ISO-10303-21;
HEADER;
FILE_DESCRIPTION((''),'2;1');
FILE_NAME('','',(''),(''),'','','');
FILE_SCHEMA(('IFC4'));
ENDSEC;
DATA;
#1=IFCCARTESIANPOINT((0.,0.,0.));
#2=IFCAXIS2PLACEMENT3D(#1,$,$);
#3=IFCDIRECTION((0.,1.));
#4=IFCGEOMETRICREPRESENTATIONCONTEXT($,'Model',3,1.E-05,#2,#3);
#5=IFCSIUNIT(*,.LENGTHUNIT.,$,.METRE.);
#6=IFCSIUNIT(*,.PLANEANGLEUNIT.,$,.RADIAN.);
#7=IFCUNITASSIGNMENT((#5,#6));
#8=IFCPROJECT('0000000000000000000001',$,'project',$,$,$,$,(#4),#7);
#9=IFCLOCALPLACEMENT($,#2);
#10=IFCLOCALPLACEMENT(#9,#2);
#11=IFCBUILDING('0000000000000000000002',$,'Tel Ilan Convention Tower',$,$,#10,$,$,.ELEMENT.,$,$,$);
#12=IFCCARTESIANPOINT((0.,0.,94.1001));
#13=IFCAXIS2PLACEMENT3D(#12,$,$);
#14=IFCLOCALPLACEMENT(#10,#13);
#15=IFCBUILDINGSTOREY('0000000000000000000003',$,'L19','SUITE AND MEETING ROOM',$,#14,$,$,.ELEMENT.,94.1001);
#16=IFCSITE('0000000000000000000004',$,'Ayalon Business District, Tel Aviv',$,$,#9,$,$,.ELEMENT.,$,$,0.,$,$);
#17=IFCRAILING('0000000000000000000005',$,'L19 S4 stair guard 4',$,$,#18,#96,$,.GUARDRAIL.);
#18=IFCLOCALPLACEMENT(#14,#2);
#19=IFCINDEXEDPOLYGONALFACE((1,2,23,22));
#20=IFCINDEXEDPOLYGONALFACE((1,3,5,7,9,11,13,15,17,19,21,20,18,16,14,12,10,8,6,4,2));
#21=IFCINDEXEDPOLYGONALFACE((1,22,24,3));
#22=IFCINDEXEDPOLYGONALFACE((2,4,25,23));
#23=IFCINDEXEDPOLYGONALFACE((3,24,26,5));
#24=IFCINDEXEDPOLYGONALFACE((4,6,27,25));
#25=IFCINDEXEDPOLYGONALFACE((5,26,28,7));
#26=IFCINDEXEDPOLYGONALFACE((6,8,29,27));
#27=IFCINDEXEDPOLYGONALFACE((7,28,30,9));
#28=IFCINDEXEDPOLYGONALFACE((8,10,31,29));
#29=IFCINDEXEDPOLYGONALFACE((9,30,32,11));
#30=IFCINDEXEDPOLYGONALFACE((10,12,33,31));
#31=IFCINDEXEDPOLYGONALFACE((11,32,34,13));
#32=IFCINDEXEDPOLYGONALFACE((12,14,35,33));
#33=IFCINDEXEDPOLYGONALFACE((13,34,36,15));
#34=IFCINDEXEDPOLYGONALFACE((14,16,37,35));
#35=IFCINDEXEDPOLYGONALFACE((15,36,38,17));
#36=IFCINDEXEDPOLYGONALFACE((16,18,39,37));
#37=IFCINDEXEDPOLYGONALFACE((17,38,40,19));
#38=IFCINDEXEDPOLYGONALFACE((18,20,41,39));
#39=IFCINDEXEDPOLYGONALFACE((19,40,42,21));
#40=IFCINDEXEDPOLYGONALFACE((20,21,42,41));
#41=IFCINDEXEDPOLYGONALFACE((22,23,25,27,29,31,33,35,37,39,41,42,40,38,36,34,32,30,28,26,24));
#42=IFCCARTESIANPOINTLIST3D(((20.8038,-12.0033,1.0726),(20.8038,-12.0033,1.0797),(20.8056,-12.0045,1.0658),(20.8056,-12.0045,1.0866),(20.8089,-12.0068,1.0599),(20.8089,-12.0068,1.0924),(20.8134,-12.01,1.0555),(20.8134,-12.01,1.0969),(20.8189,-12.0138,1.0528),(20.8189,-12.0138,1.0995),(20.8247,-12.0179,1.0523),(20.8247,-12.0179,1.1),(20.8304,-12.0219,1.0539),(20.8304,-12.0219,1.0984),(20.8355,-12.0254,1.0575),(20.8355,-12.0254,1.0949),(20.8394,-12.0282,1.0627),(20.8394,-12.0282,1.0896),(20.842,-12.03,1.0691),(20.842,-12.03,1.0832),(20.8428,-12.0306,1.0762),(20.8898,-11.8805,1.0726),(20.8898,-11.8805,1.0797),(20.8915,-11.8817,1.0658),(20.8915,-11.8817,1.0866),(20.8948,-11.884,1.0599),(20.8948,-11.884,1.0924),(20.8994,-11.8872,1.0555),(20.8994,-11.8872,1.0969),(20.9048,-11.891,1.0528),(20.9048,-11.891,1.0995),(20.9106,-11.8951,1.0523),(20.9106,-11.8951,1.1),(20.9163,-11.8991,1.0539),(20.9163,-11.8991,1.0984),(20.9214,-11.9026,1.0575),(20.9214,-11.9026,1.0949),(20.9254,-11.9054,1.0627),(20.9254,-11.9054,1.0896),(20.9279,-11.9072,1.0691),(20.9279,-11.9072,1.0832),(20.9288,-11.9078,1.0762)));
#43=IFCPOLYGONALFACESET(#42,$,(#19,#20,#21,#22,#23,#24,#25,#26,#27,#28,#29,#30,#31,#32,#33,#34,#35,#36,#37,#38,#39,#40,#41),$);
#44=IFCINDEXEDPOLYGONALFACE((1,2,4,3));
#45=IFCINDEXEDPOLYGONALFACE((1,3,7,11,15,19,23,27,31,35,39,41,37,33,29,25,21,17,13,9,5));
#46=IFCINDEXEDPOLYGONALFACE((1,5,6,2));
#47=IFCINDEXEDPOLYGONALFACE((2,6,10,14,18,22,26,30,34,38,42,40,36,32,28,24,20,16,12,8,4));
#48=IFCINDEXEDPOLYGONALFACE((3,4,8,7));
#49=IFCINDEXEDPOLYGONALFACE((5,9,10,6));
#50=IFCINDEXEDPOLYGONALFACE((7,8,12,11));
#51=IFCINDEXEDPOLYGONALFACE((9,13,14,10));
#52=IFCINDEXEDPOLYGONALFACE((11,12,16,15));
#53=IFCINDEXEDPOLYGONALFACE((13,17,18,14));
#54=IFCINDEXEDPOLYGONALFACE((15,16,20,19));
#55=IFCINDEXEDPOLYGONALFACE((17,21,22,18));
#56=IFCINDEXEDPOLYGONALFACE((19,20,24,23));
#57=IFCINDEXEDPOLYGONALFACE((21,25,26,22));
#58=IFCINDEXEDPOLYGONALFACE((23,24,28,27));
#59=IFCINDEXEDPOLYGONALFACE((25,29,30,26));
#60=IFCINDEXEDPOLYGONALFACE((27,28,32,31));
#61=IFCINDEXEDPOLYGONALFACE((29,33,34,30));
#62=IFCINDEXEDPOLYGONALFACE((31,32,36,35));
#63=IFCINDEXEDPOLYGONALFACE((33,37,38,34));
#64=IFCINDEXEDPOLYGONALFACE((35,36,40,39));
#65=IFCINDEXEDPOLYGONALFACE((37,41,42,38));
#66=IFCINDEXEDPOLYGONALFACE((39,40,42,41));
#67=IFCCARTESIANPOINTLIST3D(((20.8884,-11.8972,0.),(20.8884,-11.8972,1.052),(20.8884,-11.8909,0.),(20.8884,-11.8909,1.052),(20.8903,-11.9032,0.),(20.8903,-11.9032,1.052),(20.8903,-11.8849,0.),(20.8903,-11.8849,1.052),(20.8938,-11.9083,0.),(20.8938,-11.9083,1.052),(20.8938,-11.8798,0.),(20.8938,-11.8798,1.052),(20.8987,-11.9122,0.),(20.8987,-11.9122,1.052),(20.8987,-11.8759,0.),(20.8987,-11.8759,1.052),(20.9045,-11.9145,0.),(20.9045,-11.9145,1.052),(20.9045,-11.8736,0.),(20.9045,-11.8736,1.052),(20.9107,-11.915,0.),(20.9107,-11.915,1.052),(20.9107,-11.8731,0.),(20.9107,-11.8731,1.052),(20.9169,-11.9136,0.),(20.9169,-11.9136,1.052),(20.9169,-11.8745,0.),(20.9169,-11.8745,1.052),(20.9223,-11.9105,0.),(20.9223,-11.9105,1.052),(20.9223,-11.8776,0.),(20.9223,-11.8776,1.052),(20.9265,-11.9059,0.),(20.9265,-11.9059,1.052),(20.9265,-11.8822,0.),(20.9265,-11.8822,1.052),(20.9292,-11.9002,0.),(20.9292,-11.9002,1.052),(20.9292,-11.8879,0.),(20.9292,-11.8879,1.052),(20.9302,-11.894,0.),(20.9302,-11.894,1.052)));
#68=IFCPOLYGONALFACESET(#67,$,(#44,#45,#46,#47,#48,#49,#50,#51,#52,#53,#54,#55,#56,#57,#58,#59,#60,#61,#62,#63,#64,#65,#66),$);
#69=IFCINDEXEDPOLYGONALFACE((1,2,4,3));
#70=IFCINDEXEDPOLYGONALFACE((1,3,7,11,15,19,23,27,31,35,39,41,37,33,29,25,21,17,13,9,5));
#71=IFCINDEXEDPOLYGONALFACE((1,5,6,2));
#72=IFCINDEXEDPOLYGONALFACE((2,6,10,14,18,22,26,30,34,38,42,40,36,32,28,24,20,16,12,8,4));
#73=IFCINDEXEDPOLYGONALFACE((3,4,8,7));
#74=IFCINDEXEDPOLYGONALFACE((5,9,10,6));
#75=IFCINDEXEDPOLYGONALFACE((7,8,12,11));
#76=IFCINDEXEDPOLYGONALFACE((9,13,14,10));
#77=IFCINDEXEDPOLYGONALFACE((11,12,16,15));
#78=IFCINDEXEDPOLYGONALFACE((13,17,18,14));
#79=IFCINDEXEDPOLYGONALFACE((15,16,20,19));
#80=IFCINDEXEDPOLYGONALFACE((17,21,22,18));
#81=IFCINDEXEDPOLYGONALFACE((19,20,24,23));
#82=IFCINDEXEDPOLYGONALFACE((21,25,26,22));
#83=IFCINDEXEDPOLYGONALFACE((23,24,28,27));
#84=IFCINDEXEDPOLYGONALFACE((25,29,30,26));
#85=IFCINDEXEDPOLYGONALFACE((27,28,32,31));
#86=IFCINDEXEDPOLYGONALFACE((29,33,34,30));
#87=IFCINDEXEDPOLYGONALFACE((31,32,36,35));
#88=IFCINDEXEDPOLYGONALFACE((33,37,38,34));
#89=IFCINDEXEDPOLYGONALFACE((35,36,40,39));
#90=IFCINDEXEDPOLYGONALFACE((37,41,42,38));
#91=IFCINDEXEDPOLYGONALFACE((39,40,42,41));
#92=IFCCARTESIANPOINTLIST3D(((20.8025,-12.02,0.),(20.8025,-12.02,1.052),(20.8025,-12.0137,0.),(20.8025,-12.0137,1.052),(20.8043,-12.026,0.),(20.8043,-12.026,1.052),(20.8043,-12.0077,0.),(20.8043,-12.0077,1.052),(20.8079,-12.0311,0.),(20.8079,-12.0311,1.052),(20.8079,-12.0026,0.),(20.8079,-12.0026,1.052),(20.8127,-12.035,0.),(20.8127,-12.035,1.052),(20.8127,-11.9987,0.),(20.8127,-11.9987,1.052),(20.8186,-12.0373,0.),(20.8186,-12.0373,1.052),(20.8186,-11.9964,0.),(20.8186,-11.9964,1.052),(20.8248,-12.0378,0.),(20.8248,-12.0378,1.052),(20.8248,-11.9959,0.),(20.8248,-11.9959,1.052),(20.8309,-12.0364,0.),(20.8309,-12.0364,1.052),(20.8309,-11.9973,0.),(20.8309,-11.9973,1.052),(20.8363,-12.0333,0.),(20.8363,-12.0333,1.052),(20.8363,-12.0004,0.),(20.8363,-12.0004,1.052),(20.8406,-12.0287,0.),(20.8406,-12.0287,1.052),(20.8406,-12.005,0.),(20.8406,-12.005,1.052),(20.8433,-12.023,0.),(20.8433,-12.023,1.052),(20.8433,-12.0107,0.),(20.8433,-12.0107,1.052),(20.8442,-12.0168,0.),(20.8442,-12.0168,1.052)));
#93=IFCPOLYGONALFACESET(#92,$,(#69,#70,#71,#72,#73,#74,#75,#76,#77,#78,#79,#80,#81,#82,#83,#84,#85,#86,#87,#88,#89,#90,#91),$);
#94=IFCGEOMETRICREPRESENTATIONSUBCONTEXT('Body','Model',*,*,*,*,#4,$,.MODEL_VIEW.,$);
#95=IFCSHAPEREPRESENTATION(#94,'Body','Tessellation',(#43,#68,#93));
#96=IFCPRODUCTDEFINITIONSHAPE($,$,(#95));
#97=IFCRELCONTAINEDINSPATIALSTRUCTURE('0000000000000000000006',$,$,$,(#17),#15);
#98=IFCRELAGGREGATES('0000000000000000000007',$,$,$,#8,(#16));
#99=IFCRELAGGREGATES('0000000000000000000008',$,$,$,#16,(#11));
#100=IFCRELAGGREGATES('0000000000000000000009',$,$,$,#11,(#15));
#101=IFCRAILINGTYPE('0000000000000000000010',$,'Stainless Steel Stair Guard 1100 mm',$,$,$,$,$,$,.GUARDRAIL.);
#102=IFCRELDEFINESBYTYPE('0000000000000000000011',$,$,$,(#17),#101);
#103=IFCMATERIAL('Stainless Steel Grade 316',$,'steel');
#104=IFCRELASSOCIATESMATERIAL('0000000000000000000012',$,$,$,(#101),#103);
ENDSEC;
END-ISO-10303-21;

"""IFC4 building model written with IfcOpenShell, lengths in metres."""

from ifc_helpers import new_model, si_unit, direction, frame, origin, origin_2d, place, context, subcontext, project, spatial, circle, extrude, material, type_object, element, save


model = new_model("IFC4")

# Units and contexts
model_context = context("Model", 3, precision=1e-05, world=origin(), true_north=direction((0.0, 1.0)))
body_context = subcontext(model_context, "Body", "Model", "MODEL_VIEW")
ifc_project = project(units=[si_unit("LENGTHUNIT", "METRE"), si_unit("PLANEANGLEUNIT", "RADIAN")], contexts=[model_context])

# Site, building, storey
site_placement = place(None, origin())
site = spatial("IfcSite", under=ifc_project, at=site_placement, Name="Ayalon Business District, Tel Aviv", CompositionType="ELEMENT", RefElevation=0.0)
building_placement = place(site_placement, origin())
building = spatial("IfcBuilding", under=site, at=building_placement, Name="Tel Ilan Convention Tower", CompositionType="ELEMENT")
storey_placement = place(building_placement, frame((0.0, 0.0, 94.1001)))
storey = spatial("IfcBuildingStorey", under=building, at=storey_placement, Name="L19", Description="SUITE AND MEETING ROOM", CompositionType="ELEMENT", Elevation=94.1001)

# Railing
ifc_material_1 = material(Name="Stainless Steel Grade 316", Category="steel")
railing_type_1 = type_object("IfcRailingType", Name="Stainless Steel Stair Guard 1100 mm", PredefinedType="GUARDRAIL", material=ifc_material_1)
railing_1_placement = place(storey_placement, frame((20.9092, -11.894, 0.0)))
element("IfcRailing", 1, at=railing_1_placement, inside=storey, type_object=railing_type_1, Name="L19 S4 stair guard 4", PredefinedType="GUARDRAIL", context=body_context, shape_type="SweptSolid", body=[
    extrude(circle(Radius=0.0239, at=origin_2d()), frame((0.0, 0.0, 1.0762), z_axis=(-0.573353, -0.819308, 0.0), x_axis=(0.819308, -0.573353, 0.0)), (0.0, 0.0, 1.0), 0.1499),
    extrude(circle(Radius=0.021, at=origin_2d()), origin(), (0.0, 0.0, 1.0), 1.052),
    extrude(circle(Radius=0.021, at=origin_2d()), frame((-0.0859, -0.1228, 0.0)), (0.0, 0.0, 1.0), 1.052),
])

save(model, "model.ifc")
